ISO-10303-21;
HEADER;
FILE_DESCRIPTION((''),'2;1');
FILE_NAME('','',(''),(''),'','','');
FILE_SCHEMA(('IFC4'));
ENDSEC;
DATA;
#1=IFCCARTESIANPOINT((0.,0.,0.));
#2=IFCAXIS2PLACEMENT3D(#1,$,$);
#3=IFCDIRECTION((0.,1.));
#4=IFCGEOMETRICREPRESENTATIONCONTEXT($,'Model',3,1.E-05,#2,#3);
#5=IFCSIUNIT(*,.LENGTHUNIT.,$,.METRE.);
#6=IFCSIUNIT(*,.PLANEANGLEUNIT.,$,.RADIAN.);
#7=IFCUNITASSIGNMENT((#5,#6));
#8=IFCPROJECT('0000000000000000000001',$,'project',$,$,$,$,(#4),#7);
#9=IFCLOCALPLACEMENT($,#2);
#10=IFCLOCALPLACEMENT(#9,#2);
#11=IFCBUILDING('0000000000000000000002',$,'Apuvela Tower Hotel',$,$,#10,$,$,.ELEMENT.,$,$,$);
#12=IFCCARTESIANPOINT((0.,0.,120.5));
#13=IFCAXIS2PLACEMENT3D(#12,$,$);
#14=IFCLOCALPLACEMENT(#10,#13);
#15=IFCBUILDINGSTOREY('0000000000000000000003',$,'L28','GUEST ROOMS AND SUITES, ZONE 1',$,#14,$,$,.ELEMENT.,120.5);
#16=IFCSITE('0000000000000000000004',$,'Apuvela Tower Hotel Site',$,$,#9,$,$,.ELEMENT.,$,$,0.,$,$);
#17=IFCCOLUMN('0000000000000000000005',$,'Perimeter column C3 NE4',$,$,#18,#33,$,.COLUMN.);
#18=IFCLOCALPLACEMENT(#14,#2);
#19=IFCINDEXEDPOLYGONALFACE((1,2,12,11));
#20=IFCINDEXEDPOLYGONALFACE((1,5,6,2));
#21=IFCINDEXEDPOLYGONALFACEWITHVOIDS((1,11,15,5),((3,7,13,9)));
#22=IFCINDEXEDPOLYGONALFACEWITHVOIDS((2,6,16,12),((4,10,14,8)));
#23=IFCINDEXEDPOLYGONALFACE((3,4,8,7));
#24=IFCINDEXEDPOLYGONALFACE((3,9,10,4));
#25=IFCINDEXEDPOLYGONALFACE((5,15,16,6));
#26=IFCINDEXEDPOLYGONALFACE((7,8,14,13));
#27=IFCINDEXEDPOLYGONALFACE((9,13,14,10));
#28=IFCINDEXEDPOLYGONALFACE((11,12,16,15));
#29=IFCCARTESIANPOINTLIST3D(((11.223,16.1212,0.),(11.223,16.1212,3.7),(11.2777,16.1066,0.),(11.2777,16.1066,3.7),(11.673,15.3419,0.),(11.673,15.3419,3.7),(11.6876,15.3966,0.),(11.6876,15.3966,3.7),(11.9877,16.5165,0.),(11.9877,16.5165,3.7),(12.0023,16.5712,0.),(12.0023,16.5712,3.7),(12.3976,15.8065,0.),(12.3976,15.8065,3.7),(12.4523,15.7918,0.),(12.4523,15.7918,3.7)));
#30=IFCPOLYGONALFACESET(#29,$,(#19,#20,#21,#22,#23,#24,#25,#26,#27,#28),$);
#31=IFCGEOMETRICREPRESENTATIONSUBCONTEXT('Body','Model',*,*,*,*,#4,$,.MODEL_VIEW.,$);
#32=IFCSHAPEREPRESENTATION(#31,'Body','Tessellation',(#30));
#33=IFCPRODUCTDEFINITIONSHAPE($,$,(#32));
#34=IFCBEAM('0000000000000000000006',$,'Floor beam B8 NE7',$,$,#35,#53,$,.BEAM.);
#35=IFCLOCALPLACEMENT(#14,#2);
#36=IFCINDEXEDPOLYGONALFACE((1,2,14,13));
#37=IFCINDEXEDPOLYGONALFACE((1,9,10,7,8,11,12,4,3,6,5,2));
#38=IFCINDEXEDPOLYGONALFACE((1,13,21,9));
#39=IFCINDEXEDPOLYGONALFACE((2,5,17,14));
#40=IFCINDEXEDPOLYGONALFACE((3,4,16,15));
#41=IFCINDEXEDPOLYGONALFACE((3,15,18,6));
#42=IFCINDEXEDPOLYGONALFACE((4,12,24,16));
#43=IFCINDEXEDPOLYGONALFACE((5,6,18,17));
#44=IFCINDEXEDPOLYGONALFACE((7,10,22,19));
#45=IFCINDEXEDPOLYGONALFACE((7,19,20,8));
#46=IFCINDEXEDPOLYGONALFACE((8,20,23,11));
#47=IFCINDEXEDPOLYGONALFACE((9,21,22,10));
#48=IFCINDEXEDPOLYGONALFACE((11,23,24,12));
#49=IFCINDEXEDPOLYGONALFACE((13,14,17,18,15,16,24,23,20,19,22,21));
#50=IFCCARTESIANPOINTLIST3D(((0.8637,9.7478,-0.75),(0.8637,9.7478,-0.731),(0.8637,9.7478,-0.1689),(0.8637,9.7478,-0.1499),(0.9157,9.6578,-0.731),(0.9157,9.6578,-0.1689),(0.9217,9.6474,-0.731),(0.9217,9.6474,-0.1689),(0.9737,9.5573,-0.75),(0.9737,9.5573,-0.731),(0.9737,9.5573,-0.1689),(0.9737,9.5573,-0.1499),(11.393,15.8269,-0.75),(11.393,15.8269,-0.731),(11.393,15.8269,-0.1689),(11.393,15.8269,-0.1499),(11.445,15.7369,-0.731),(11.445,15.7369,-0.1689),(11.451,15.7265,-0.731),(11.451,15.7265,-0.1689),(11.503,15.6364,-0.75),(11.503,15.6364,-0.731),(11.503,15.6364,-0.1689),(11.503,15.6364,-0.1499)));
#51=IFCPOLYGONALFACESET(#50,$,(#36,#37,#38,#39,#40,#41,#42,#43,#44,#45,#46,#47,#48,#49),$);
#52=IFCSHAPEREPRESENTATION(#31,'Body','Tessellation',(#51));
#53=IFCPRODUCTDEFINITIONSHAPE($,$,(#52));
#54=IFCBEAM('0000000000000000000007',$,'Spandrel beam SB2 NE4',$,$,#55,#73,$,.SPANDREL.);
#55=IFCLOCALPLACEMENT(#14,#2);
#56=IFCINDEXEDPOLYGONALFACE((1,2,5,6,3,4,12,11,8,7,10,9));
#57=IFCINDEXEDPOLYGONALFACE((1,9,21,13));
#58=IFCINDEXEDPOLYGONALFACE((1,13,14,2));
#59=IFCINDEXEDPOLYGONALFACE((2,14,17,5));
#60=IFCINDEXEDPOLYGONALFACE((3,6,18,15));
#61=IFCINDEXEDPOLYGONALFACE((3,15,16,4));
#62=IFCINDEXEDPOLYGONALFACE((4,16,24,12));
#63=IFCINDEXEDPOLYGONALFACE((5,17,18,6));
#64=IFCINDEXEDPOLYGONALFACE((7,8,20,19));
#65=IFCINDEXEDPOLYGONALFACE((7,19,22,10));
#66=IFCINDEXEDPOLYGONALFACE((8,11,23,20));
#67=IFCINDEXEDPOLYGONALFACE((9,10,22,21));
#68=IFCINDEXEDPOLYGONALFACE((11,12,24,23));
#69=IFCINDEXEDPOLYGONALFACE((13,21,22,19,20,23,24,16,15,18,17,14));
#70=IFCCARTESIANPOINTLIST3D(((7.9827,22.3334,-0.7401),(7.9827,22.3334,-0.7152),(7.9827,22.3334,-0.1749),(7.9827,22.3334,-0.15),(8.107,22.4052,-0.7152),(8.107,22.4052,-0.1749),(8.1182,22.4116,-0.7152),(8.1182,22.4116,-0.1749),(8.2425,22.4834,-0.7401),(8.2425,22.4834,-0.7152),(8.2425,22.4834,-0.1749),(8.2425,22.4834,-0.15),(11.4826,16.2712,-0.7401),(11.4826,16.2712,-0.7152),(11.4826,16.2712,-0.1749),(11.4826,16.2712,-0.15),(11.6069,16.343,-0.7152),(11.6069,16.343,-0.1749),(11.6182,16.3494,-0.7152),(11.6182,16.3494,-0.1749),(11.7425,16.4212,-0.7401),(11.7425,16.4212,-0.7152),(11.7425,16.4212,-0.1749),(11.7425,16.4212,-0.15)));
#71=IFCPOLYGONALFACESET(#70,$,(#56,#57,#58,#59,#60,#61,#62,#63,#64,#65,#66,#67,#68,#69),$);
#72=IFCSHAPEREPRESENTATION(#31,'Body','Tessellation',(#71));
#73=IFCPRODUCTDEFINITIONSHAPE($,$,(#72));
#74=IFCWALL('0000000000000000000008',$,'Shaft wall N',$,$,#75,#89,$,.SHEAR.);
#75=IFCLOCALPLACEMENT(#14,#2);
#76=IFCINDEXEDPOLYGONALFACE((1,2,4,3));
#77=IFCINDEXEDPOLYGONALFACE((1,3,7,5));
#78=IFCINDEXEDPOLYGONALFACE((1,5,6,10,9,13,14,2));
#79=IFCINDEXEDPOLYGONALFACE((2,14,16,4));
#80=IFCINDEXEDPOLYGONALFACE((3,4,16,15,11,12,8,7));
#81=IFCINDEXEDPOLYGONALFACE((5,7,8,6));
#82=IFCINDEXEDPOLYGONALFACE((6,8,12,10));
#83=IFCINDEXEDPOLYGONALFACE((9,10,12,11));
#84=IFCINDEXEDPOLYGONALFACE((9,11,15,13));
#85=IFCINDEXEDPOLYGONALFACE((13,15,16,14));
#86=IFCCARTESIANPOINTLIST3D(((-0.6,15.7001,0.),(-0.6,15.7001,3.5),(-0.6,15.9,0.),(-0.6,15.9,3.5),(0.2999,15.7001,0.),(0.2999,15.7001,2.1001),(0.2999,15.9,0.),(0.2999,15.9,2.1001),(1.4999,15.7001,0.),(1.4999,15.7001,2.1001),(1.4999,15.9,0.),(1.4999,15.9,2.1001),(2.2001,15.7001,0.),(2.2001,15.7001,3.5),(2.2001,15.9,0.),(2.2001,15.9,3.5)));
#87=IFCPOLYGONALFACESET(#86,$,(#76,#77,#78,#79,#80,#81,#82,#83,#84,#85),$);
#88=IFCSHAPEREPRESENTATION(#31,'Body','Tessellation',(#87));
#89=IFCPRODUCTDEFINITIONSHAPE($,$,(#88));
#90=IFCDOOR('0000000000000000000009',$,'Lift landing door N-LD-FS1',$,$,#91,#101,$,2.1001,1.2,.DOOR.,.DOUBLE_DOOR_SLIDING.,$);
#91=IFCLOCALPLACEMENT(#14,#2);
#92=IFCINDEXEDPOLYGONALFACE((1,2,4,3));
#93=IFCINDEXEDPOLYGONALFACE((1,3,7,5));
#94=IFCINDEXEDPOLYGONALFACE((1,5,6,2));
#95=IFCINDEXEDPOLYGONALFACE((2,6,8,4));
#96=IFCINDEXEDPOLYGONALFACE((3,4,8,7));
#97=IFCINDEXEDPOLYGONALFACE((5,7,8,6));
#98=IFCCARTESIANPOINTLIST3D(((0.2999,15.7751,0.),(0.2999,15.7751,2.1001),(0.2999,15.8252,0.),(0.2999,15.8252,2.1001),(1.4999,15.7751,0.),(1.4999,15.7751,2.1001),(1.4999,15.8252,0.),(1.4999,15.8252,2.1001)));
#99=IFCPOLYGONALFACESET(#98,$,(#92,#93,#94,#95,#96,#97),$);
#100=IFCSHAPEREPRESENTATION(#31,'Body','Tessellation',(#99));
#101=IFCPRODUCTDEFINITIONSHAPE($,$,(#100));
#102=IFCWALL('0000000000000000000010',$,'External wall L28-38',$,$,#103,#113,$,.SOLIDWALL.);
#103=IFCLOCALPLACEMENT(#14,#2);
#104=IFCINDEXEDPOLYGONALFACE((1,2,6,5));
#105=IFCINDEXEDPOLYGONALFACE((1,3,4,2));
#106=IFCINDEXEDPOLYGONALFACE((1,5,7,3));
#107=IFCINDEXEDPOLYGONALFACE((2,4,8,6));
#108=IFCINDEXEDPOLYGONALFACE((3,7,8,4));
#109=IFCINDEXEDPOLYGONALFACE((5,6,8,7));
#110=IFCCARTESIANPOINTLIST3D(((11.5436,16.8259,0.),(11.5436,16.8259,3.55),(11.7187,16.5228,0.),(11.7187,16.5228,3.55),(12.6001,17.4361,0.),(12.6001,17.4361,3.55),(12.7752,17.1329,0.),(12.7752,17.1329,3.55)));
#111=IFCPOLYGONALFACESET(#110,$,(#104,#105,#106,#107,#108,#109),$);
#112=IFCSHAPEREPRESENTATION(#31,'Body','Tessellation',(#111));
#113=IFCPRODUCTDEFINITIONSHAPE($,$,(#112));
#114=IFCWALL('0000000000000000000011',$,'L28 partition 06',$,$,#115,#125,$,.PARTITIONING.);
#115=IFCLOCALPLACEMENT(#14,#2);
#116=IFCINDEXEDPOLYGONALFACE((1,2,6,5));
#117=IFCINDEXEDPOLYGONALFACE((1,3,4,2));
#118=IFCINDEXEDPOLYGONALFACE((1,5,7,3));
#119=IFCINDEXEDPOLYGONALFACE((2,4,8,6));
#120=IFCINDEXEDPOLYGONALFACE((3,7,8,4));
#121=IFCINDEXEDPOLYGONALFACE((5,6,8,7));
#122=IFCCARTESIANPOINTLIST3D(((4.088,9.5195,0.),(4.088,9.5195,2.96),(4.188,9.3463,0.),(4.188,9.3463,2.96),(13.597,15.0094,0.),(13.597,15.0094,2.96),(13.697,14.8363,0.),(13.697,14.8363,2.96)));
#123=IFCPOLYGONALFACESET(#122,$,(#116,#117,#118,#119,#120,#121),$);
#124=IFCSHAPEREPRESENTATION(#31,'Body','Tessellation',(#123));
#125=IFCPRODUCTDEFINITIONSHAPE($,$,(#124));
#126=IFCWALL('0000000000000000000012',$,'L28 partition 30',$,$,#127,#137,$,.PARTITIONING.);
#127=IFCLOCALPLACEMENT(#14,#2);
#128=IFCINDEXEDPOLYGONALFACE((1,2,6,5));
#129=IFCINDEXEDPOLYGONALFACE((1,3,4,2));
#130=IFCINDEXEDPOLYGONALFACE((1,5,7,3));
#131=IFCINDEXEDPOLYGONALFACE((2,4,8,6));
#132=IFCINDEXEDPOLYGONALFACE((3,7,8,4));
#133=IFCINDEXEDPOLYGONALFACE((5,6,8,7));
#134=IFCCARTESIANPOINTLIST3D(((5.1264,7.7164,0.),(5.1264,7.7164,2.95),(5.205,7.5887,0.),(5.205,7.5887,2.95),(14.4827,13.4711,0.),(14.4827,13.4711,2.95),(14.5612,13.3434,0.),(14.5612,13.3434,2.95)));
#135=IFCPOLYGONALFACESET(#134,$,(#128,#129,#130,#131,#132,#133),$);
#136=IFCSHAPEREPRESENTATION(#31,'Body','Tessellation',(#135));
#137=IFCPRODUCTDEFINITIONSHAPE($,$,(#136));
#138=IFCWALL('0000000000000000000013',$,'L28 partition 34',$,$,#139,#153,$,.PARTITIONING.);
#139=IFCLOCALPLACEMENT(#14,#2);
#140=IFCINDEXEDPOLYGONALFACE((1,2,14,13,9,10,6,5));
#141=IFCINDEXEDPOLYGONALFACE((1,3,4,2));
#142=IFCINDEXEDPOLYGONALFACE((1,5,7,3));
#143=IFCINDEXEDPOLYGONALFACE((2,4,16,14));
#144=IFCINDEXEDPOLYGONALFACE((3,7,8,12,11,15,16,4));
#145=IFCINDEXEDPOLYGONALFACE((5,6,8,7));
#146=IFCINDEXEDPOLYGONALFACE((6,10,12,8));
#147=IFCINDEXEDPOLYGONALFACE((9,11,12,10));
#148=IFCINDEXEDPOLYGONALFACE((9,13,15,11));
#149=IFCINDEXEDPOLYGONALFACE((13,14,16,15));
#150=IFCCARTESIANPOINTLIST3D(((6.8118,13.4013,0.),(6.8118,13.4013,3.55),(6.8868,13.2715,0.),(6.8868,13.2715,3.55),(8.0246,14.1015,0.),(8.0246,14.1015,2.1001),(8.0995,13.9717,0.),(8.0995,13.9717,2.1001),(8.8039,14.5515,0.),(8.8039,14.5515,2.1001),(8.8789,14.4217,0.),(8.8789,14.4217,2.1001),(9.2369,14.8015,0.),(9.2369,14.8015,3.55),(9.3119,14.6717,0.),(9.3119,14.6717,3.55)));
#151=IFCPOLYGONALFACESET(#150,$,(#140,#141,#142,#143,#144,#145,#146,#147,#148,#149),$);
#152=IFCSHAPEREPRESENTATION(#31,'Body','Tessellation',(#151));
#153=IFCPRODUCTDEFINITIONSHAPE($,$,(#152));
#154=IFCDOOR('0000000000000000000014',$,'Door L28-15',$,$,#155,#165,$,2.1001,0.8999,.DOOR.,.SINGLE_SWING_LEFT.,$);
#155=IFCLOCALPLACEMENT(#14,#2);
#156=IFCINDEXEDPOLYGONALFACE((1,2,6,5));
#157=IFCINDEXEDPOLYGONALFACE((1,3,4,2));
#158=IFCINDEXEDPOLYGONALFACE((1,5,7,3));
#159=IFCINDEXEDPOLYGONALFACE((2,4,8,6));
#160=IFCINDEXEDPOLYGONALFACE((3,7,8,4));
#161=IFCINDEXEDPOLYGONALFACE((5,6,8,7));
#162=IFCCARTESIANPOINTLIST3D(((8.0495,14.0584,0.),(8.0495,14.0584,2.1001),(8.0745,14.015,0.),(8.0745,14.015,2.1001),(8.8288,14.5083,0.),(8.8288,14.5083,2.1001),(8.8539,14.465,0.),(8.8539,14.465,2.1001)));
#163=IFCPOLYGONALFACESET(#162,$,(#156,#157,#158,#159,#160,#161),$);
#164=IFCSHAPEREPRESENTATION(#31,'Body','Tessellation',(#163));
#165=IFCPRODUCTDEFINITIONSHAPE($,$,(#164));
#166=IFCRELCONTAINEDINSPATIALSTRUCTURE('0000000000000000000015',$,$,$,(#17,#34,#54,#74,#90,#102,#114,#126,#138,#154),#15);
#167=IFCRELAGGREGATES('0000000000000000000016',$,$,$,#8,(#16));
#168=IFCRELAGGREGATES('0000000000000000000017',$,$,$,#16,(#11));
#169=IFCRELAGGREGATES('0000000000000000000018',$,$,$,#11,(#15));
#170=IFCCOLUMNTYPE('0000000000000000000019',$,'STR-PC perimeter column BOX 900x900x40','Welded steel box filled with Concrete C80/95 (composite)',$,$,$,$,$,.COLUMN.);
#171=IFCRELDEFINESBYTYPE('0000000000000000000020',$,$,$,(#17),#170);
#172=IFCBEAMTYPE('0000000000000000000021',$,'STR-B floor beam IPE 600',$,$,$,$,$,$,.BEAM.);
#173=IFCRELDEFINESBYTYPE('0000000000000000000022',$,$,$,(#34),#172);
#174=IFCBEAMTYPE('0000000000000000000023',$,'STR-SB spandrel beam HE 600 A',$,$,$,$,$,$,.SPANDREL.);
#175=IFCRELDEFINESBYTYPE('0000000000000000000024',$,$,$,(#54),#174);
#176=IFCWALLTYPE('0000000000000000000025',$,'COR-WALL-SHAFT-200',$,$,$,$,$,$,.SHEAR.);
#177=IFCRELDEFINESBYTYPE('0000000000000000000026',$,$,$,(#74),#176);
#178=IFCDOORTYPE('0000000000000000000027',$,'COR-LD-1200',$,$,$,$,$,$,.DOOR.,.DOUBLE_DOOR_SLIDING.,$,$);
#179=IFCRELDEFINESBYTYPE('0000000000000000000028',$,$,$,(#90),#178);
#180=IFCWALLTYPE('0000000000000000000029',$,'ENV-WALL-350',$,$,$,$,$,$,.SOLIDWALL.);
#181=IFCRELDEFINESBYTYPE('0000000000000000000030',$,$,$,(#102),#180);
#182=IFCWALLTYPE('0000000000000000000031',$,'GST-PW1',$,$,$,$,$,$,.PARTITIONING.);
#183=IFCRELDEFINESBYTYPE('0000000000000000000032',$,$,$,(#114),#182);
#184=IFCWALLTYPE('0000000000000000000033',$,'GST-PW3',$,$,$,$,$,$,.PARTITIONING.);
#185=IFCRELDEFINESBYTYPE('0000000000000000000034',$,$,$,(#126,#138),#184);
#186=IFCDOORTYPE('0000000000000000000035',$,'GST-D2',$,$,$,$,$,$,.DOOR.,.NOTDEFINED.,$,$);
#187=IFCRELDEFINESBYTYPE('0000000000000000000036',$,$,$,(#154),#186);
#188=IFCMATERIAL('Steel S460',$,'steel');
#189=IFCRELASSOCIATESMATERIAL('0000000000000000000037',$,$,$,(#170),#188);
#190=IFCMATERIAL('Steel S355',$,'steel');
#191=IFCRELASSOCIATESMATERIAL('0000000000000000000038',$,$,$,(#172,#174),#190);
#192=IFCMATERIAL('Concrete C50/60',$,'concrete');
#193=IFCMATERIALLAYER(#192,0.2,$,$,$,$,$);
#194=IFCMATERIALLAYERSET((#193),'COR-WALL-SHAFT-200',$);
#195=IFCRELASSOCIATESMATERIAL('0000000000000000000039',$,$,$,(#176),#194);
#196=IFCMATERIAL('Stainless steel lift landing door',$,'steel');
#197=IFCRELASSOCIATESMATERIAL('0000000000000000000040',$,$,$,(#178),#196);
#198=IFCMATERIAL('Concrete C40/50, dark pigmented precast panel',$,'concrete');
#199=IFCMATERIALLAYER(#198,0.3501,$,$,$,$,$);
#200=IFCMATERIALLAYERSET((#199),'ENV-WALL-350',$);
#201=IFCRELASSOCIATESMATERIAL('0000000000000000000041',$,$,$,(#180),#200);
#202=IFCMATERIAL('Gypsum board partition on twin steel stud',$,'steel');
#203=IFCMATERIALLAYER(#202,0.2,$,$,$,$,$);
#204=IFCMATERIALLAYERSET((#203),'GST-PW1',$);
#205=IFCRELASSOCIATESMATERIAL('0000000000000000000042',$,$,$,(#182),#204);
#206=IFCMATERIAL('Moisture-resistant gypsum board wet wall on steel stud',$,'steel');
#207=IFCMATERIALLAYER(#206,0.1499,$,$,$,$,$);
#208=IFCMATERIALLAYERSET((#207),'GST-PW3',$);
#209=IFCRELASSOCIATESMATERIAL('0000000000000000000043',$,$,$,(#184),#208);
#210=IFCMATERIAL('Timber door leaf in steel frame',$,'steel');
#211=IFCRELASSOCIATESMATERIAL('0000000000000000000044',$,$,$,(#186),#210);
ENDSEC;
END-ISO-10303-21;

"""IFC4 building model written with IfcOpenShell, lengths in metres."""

from ifc_helpers import new_model, si_unit, direction, frame, frame_2d, origin, origin_2d, place, context, subcontext, project, spatial, rectangle, hollow_rectangle, i_section, extrude, material, layer, layer_set, material_profile, profile_set, type_object, element, fill, save


model = new_model("IFC4")

# Units and contexts
model_context = context("Model", 3, precision=1e-05, world=origin(), true_north=direction((0.0, 1.0)))
body_context = subcontext(model_context, "Body", "Model", "MODEL_VIEW")
ifc_project = project(units=[si_unit("LENGTHUNIT", "METRE"), si_unit("PLANEANGLEUNIT", "RADIAN")], contexts=[model_context])

# Site, building, storey
site_placement = place(None, origin())
site = spatial("IfcSite", under=ifc_project, at=site_placement, Name="Apuvela Tower Hotel Site", CompositionType="ELEMENT", RefElevation=0.0)
building_placement = place(site_placement, origin())
building = spatial("IfcBuilding", under=site, at=building_placement, Name="Apuvela Tower Hotel", CompositionType="ELEMENT")
storey_placement = place(building_placement, frame((0.0, 0.0, 120.5)))
storey = spatial("IfcBuildingStorey", under=building, at=storey_placement, Name="L28", Description="GUEST ROOMS AND SUITES, ZONE 1", CompositionType="ELEMENT", Elevation=120.5)

# Column
ifc_material_1 = material(Name="Steel S460", Category="steel")
ifc_material_profile_1 = material_profile(ifc_material_1, hollow_rectangle(XDim=0.8999, YDim=0.8999, WallThickness=0.04, at=origin_2d()), Name="BOX 900x900x40")
ifc_material_2 = material(Name="Concrete C80/95", Category="concrete")
ifc_material_profile_2 = material_profile(ifc_material_2, rectangle(XDim=0.8201, YDim=0.8201, at=origin_2d()), Name="Concrete C80/95 infill")
ifc_profile_set_1 = profile_set([ifc_material_profile_1, ifc_material_profile_2], Name="Steel S460")
column_type = type_object("IfcColumnType", Name="STR-PC perimeter column BOX 900x900x40", Description="Welded steel box filled with Concrete C80/95 (composite)", PredefinedType="COLUMN", material=ifc_profile_set_1)
column_placement = place(storey_placement, frame((11.8376, 15.9565, 0.0), z_axis=(0.0, 0.0, 1.0), x_axis=(-0.5, 0.866025, 0.0)))
element("IfcColumn", 1, at=column_placement, inside=storey, type_object=column_type, Name="Perimeter column C3 NE4", PredefinedType="COLUMN", context=body_context, shape_type="SweptSolid", body=[
    extrude(hollow_rectangle(XDim=0.8999, YDim=0.8999, WallThickness=0.04, at=origin_2d()), origin(), (0.0, 0.0, 1.0), 3.7),
])

# Beams
ifc_material_3 = material(Name="Steel S355", Category="steel")
ifc_material_profile_3 = material_profile(ifc_material_3, i_section(OverallWidth=0.22, OverallDepth=0.6001, WebThickness=0.012, FlangeThickness=0.019, at=origin_2d()), Name="IPE 600")
ifc_profile_set_2 = profile_set([ifc_material_profile_3], Name="Steel S355")
beam_type_1 = type_object("IfcBeamType", Name="STR-B floor beam IPE 600", PredefinedType="BEAM", material=ifc_profile_set_2)
beam_1_placement = place(storey_placement, frame((11.448, 15.7317, -0.45), z_axis=(-0.866025, -0.500001, 0.0), x_axis=(0.500001, -0.866025, 0.0)))
element("IfcBeam", 2, at=beam_1_placement, inside=storey, type_object=beam_type_1, Name="Floor beam B8 NE7", PredefinedType="BEAM", context=body_context, shape_type="SweptSolid", body=[
    extrude(i_section(OverallWidth=0.22, OverallDepth=0.6001, WebThickness=0.012, FlangeThickness=0.019, at=origin_2d()), origin(), (0.0, 0.0, 1.0), 12.1582),
])
ifc_material_profile_4 = material_profile(ifc_material_3, i_section(OverallWidth=0.3, OverallDepth=0.5901, WebThickness=0.0129, FlangeThickness=0.0249, at=origin_2d()), Name="HE 600 A")
ifc_profile_set_3 = profile_set([ifc_material_profile_4], Name="Steel S355")
beam_type_2 = type_object("IfcBeamType", Name="STR-SB spandrel beam HE 600 A", PredefinedType="SPANDREL", material=ifc_profile_set_3)
beam_2_placement = place(storey_placement, frame((11.6125, 16.3462, -0.4451), z_axis=(-0.499995, 0.866028, 0.0), x_axis=(-0.866028, -0.499995, 0.0)))
element("IfcBeam", 3, at=beam_2_placement, inside=storey, type_object=beam_type_2, Name="Spandrel beam SB2 NE4", PredefinedType="SPANDREL", context=body_context, shape_type="SweptSolid", body=[
    extrude(i_section(OverallWidth=0.3, OverallDepth=0.5901, WebThickness=0.0129, FlangeThickness=0.0249, at=origin_2d()), origin(), (0.0, 0.0, 1.0), 7.0),
])

# Wall, opening, door
ifc_material_4 = material(Name="Concrete C50/60", Category="concrete")
ifc_layer_1 = layer(ifc_material_4, 0.2)
ifc_layer_set_1 = layer_set([ifc_layer_1], Name="COR-WALL-SHAFT-200")
wall_type_1 = type_object("IfcWallType", Name="COR-WALL-SHAFT-200", PredefinedType="SHEAR", material=ifc_layer_set_1)
wall_1_placement = place(storey_placement, frame((2.2, 15.8, 0.0), z_axis=(0.0, 0.0, 1.0), x_axis=(-1.0, 0.0, 0.0)))
wall_1 = element("IfcWall", 4, at=wall_1_placement, inside=storey, type_object=wall_type_1, Name="Shaft wall N", PredefinedType="SHEAR", context=body_context, shape_type="SweptSolid", body=[
    extrude(rectangle(XDim=2.8, YDim=0.2, at=frame_2d((1.3999, 0.0))), origin(), (0.0, 0.0, 1.0), 3.5),
])
opening_1_placement = place(wall_1_placement, frame((0.7, 0.0, 0.0)))
opening_1 = element("IfcOpeningElement", 5, at=opening_1_placement, cuts=wall_1, PredefinedType="OPENING", context=body_context, shape_type="SweptSolid", body=[
    extrude(rectangle(XDim=1.2, YDim=2.1001, at=frame_2d((0.6001, 1.05))), frame((0.0, 0.1099, 0.0), z_axis=(0.0, -1.0, 0.0), x_axis=(1.0, 0.0, 0.0)), (0.0, 0.0, 1.0), 0.22),
])
ifc_material_5 = material(Name="Stainless steel lift landing door", Category="steel")
door_type_1 = type_object("IfcDoorType", Name="COR-LD-1200", OperationType="DOUBLE_DOOR_SLIDING", PredefinedType="DOOR", material=ifc_material_5)
door_1_placement = place(opening_1_placement, origin())
door_1 = element("IfcDoor", 6, at=door_1_placement, inside=storey, type_object=door_type_1, Name="Lift landing door N-LD-FS1", OperationType="DOUBLE_DOOR_SLIDING", OverallHeight=2.1001, OverallWidth=1.2, PredefinedType="DOOR", context=body_context, shape_type="SweptSolid", body=[
    extrude(rectangle(XDim=1.2, YDim=2.1001, at=frame_2d((0.6001, 1.05))), frame((0.0, 0.0249, 0.0), z_axis=(0.0, -1.0, 0.0), x_axis=(1.0, 0.0, 0.0)), (0.0, 0.0, 1.0), 0.05),
])
fill(opening_1, door_1)

# Wall
ifc_material_6 = material(Name="Concrete C40/50, dark pigmented precast panel", Category="concrete")
ifc_layer_2 = layer(ifc_material_6, 0.3501)
ifc_layer_set_2 = layer_set([ifc_layer_2], Name="ENV-WALL-350")
wall_type_2 = type_object("IfcWallType", Name="ENV-WALL-350", PredefinedType="SOLIDWALL", material=ifc_layer_set_2)
wall_2_placement = place(storey_placement, frame((12.6875, 17.2844, 0.0), z_axis=(0.0, 0.0, 1.0), x_axis=(-0.865956, -0.500121, 0.0)))
element("IfcWall", 7, at=wall_2_placement, inside=storey, type_object=wall_type_2, Name="External wall L28-38", PredefinedType="SOLIDWALL", context=body_context, shape_type="SweptSolid", body=[
    extrude(rectangle(XDim=1.22, YDim=0.3501, at=frame_2d((0.6099, 0.0))), origin(), (0.0, 0.0, 1.0), 3.55),
])

# Walls
ifc_material_7 = material(Name="Gypsum board partition on twin steel stud", Category="steel")
ifc_layer_3 = layer(ifc_material_7, 0.2)
ifc_layer_set_3 = layer_set([ifc_layer_3], Name="GST-PW1")
wall_type_3 = type_object("IfcWallType", Name="GST-PW1", PredefinedType="PARTITIONING", material=ifc_layer_set_3)
wall_3_placement = place(storey_placement, frame((13.647, 14.9229, 0.0), z_axis=(0.0, 0.0, 1.0), x_axis=(-0.866027, -0.499996, 0.0)))
element("IfcWall", 8, at=wall_3_placement, inside=storey, type_object=wall_type_3, Name="L28 partition 06", PredefinedType="PARTITIONING", context=body_context, shape_type="SweptSolid", body=[
    extrude(rectangle(XDim=10.98, YDim=0.2, at=frame_2d((5.49, 0.0))), origin(), (0.0, 0.0, 1.0), 2.96),
])
ifc_material_8 = material(Name="Moisture-resistant gypsum board wet wall on steel stud", Category="steel")
ifc_layer_4 = layer(ifc_material_8, 0.1499)
ifc_layer_set_4 = layer_set([ifc_layer_4], Name="GST-PW3")
wall_type_4 = type_object("IfcWallType", Name="GST-PW3", PredefinedType="PARTITIONING", material=ifc_layer_set_4)
wall_4_placement = place(storey_placement, frame((14.522, 13.4072, 0.0), z_axis=(0.0, 0.0, 1.0), x_axis=(-0.851781, -0.523898, 0.0)))
element("IfcWall", 9, at=wall_4_placement, inside=storey, type_object=wall_type_4, Name="L28 partition 30", PredefinedType="PARTITIONING", context=body_context, shape_type="SweptSolid", body=[
    extrude(rectangle(XDim=10.9844, YDim=0.1499, at=frame_2d((5.4922, 0.0))), origin(), (0.0, 0.0, 1.0), 2.95),
])

# Wall, opening, door
wall_5_placement = place(storey_placement, frame((9.2744, 14.7366, 0.0), z_axis=(0.0, 0.0, 1.0), x_axis=(-0.866019, -0.500012, 0.0)))
wall_5 = element("IfcWall", 10, at=wall_5_placement, inside=storey, type_object=wall_type_4, Name="L28 partition 34", PredefinedType="PARTITIONING", context=body_context, shape_type="SweptSolid", body=[
    extrude(rectangle(XDim=2.8003, YDim=0.1499, at=frame_2d((1.4001, 0.0))), origin(), (0.0, 0.0, 1.0), 3.55),
])
opening_2_placement = place(wall_5_placement, frame((0.5, 0.0, 0.0)))
opening_2 = element("IfcOpeningElement", 11, at=opening_2_placement, cuts=wall_5, PredefinedType="OPENING", context=body_context, shape_type="SweptSolid", body=[
    extrude(rectangle(XDim=0.8999, YDim=2.1001, at=frame_2d((0.45, 1.05))), frame((0.0, 0.085, 0.0), z_axis=(0.0, -1.0, 0.0), x_axis=(1.0, 0.0, 0.0)), (0.0, 0.0, 1.0), 0.1699),
])
ifc_material_9 = material(Name="Timber door leaf in steel frame", Category="steel")
door_type_2 = type_object("IfcDoorType", Name="GST-D2", OperationType="NOTDEFINED", PredefinedType="DOOR", material=ifc_material_9)
door_2_placement = place(opening_2_placement, origin())
door_2 = element("IfcDoor", 12, at=door_2_placement, inside=storey, type_object=door_type_2, Name="Door L28-15", OperationType="SINGLE_SWING_LEFT", OverallHeight=2.1001, OverallWidth=0.8999, PredefinedType="DOOR", context=body_context, shape_type="SweptSolid", body=[
    extrude(rectangle(XDim=0.8999, YDim=2.1001, at=frame_2d((0.45, 1.05))), frame((0.0, 0.0249, 0.0), z_axis=(0.0, -1.0, 0.0), x_axis=(1.0, 0.0, 0.0)), (0.0, 0.0, 1.0), 0.05),
])
fill(opening_2, door_2)

save(model, "model.ifc")
